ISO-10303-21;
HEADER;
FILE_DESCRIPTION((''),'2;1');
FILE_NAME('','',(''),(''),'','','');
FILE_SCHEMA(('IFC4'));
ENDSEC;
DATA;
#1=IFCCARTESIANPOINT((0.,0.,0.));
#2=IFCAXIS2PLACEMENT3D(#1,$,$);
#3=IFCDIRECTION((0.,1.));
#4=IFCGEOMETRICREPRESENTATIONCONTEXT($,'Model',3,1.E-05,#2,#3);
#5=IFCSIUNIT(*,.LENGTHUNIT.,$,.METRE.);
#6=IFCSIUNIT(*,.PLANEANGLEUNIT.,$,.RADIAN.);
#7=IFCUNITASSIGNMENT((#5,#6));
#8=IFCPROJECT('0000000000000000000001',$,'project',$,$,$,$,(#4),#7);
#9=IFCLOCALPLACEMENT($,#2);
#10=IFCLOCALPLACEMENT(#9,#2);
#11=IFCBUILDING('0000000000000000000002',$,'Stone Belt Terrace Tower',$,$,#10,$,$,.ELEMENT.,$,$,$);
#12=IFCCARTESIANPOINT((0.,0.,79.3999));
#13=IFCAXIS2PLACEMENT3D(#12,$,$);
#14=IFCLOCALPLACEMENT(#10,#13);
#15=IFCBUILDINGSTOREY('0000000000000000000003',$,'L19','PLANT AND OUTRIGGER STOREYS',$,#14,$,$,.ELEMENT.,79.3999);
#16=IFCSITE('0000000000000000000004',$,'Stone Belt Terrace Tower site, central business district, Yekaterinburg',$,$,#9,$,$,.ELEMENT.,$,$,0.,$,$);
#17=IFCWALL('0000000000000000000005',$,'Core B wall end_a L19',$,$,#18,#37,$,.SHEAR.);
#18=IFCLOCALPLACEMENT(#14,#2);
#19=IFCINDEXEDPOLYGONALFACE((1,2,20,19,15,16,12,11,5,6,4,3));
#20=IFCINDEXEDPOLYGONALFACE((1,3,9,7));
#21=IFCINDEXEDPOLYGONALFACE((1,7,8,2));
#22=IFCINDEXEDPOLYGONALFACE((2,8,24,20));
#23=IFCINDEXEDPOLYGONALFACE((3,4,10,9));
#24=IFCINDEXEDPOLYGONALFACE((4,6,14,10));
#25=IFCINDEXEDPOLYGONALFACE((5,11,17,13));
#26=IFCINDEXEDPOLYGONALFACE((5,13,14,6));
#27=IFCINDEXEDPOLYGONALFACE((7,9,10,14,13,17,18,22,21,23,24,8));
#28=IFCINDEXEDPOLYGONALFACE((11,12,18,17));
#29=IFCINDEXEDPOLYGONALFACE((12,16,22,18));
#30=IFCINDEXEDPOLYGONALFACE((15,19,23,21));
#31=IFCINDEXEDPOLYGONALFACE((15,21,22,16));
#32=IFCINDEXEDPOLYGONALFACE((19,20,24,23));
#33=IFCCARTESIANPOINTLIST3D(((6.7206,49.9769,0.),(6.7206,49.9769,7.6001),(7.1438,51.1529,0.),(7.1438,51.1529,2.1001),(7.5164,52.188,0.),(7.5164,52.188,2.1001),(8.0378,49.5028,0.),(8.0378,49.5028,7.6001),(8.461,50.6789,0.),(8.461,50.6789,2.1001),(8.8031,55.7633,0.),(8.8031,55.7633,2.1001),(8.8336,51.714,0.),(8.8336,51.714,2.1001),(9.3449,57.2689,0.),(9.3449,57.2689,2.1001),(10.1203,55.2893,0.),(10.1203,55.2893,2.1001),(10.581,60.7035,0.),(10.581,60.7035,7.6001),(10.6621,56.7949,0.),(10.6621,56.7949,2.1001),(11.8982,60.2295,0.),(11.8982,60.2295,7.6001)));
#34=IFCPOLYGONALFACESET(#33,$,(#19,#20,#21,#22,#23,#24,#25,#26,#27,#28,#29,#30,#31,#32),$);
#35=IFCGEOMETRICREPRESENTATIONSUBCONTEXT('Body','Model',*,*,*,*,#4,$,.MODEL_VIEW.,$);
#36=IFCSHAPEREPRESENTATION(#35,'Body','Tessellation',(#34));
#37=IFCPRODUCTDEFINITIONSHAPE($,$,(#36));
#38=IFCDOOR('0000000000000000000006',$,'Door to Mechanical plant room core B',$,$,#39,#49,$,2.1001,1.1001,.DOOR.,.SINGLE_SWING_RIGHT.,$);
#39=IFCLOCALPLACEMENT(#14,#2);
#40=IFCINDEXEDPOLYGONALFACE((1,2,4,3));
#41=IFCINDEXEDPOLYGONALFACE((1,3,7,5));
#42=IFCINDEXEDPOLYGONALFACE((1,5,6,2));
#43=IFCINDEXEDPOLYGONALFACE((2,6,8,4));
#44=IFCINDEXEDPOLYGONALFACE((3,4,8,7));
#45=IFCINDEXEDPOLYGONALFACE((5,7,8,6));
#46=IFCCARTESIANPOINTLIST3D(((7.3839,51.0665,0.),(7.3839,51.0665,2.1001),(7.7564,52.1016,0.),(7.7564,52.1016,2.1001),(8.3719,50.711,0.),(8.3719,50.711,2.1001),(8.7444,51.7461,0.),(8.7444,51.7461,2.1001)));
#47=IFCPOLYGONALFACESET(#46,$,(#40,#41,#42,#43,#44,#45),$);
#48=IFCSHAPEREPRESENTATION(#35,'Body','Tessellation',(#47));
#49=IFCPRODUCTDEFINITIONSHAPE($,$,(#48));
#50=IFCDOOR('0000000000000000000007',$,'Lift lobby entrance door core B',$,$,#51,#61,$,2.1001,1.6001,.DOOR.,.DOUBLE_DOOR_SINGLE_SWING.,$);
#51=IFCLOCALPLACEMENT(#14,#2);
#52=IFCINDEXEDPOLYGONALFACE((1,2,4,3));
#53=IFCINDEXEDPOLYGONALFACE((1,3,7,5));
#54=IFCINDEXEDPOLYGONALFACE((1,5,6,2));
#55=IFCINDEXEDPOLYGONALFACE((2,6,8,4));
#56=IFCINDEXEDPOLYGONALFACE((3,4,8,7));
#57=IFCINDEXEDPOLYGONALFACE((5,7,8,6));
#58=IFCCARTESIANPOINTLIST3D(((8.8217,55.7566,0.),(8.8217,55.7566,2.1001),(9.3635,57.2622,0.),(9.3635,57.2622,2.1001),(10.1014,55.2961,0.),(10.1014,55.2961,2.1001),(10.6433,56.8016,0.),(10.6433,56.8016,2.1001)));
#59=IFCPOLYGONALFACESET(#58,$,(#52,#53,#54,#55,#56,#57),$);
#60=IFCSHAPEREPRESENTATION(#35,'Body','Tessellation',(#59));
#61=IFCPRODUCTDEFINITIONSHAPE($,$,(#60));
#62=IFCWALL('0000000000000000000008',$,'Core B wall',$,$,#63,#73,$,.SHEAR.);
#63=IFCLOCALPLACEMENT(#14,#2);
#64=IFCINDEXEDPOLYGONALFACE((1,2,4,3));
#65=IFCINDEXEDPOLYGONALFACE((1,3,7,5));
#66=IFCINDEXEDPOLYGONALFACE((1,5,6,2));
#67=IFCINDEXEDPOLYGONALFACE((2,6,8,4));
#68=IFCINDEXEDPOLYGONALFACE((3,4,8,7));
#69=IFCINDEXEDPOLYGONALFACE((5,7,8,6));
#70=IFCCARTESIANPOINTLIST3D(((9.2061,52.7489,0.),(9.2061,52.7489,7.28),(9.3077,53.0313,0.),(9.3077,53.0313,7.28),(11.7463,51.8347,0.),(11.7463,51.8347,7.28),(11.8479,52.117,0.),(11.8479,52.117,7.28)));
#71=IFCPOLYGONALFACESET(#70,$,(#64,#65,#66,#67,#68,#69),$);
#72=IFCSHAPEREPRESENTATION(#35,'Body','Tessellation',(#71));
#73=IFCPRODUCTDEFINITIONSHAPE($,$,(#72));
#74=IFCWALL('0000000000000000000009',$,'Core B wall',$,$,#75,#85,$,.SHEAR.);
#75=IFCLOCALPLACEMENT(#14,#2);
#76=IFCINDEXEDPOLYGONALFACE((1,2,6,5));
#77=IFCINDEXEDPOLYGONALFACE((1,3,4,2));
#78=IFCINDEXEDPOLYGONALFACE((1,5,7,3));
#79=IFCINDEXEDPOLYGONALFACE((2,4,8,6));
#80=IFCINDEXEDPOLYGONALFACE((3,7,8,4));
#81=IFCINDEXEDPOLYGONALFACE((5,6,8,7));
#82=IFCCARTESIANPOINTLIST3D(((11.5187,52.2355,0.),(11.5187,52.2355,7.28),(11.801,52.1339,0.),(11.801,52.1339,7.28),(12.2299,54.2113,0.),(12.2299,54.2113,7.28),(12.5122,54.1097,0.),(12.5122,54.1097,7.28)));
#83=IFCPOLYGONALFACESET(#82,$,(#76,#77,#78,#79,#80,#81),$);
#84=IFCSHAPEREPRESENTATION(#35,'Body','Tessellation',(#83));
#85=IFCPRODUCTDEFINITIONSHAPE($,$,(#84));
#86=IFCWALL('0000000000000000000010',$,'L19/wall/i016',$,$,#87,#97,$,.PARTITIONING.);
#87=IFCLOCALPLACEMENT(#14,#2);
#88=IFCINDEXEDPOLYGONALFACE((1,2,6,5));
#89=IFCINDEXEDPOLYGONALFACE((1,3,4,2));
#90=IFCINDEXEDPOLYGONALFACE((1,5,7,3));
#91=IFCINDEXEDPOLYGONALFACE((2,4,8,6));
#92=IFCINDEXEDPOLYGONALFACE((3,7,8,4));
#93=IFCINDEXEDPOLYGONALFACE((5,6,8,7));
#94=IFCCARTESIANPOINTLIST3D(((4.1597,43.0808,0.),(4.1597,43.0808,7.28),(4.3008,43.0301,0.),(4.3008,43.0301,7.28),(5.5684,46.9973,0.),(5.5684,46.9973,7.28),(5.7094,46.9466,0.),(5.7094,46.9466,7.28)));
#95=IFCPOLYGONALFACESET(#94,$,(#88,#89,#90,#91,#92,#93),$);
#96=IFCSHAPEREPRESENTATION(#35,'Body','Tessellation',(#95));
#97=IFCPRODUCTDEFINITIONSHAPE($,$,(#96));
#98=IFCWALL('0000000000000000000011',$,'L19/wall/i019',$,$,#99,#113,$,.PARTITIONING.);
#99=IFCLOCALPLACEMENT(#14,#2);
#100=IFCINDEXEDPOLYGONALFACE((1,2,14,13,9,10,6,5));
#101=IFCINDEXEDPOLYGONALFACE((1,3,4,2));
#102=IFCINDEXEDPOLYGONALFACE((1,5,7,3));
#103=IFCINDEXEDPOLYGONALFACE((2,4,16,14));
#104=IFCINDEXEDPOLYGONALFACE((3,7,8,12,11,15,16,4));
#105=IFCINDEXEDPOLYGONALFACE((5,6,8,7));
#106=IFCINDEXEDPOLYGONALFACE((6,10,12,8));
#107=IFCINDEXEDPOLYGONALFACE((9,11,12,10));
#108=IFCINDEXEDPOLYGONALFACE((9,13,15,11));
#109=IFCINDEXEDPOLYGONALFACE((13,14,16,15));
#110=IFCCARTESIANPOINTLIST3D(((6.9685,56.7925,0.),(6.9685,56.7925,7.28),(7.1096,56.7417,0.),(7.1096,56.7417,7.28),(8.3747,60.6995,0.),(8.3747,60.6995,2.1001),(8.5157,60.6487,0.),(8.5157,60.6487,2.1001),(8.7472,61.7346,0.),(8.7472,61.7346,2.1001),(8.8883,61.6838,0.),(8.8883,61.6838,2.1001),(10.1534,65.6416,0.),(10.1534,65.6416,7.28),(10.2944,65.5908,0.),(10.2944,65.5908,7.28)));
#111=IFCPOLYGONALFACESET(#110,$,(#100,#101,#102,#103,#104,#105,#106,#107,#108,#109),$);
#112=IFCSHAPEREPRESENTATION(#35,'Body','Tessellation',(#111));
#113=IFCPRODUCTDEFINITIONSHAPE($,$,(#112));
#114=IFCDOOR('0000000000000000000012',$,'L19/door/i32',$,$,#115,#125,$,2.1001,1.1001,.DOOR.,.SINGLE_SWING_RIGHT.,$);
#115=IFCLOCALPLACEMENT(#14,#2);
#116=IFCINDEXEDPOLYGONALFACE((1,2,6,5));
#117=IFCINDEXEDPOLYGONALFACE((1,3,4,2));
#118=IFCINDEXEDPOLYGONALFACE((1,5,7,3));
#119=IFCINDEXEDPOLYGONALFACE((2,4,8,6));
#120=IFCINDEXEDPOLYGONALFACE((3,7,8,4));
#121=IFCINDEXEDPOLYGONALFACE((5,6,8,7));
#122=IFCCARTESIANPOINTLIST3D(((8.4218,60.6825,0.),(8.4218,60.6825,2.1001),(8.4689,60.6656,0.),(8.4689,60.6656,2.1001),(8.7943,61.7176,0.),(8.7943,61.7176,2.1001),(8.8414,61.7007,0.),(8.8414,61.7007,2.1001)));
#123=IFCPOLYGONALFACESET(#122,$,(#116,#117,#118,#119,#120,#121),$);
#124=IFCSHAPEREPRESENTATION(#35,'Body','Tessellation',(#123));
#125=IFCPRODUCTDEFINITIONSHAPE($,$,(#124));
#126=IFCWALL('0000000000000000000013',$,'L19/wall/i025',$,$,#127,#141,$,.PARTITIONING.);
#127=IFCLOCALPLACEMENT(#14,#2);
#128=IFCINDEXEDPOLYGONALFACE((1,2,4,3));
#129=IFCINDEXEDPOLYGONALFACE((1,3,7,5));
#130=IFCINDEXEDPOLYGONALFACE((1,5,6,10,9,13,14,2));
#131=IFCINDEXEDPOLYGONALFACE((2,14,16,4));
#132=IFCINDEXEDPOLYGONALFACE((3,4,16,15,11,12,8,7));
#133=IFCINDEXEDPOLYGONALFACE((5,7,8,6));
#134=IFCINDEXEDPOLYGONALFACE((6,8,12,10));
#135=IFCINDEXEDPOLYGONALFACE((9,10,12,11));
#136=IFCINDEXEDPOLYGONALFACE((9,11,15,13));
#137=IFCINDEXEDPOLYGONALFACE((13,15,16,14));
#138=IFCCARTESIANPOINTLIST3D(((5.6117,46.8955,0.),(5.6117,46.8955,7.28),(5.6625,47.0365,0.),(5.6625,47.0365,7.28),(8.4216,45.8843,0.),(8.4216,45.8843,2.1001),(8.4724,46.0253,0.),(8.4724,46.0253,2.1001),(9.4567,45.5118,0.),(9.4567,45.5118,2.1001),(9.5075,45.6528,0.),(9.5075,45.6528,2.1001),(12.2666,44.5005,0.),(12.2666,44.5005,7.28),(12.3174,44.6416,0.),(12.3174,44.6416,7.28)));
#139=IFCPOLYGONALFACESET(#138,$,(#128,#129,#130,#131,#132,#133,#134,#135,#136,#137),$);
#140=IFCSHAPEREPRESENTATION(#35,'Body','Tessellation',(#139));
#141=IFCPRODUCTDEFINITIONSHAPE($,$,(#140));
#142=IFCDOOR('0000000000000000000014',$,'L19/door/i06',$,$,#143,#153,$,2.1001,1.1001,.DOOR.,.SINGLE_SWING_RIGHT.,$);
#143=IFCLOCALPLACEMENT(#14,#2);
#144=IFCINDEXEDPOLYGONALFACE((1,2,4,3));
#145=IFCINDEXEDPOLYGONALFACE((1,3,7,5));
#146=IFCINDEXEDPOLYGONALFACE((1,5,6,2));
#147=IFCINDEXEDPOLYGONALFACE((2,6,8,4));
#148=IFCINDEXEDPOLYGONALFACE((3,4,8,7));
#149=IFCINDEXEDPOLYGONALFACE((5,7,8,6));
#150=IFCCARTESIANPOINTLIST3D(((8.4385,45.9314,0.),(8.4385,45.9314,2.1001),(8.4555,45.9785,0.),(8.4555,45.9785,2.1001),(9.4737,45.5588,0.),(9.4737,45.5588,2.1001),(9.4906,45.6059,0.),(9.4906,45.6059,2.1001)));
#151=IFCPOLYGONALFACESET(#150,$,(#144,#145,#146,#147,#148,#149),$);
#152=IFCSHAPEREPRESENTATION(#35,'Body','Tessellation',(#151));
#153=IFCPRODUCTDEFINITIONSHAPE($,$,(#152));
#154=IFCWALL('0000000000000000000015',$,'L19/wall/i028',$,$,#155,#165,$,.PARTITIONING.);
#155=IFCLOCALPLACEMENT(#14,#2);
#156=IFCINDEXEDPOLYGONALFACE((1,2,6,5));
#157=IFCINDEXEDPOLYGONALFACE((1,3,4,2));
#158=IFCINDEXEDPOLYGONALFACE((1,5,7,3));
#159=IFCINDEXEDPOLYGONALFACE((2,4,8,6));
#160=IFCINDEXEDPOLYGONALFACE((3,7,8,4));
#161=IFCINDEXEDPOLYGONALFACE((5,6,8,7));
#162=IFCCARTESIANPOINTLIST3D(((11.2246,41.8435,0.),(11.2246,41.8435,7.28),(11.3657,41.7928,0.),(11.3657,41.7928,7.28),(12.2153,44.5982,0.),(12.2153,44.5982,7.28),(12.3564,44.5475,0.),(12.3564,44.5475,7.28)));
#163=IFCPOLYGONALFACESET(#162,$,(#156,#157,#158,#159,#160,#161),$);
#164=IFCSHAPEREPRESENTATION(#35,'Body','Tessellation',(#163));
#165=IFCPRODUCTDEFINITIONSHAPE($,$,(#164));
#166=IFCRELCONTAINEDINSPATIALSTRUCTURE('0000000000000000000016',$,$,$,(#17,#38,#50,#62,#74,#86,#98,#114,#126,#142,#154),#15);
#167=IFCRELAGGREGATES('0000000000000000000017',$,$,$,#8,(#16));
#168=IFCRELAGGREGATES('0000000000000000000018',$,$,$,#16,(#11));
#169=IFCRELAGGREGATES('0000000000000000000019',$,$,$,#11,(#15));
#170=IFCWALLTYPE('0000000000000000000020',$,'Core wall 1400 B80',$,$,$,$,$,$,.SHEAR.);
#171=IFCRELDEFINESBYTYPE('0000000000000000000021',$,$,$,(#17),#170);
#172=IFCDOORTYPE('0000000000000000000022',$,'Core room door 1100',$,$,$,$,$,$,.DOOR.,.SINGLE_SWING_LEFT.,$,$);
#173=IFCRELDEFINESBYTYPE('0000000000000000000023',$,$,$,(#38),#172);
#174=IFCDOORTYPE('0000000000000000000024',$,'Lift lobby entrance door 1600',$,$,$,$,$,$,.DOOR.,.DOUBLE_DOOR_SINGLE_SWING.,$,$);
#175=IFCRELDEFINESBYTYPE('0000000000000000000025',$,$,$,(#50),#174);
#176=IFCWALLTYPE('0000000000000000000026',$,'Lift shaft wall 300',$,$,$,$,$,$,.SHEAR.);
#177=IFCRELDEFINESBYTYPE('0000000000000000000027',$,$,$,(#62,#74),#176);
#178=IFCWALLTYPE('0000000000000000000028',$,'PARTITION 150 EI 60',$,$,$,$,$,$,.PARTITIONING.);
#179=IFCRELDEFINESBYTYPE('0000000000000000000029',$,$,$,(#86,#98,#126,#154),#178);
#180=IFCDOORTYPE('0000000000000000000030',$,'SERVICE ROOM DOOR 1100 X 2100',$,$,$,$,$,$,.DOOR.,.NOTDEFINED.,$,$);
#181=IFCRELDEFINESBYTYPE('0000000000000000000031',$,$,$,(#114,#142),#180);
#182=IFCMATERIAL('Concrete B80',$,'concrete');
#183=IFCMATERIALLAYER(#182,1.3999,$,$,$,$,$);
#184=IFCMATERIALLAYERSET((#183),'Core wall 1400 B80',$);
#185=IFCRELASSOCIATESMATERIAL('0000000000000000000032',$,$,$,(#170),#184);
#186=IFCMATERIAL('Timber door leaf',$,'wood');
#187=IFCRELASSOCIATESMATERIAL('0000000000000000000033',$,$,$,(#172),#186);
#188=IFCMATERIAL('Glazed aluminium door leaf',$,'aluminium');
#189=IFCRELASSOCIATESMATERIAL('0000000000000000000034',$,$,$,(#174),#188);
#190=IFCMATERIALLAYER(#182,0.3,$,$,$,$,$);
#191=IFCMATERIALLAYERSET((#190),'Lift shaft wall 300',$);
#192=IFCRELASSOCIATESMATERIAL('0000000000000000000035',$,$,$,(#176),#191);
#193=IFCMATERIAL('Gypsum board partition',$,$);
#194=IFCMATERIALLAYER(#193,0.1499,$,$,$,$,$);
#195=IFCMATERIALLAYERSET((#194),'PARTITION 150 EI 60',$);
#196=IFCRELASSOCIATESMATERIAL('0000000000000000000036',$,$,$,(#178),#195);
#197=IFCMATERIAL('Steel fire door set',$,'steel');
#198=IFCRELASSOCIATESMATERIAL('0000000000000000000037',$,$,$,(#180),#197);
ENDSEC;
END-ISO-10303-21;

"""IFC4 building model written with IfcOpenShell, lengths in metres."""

from ifc_helpers import new_model, si_unit, direction, frame, frame_2d, origin, place, context, subcontext, project, spatial, rectangle, extrude, material, layer, layer_set, type_object, element, fill, save


model = new_model("IFC4")

# Units and contexts
model_context = context("Model", 3, precision=1e-05, world=origin(), true_north=direction((0.0, 1.0)))
body_context = subcontext(model_context, "Body", "Model", "MODEL_VIEW")
ifc_project = project(units=[si_unit("LENGTHUNIT", "METRE"), si_unit("PLANEANGLEUNIT", "RADIAN")], contexts=[model_context])

# Site, building, storey
site_placement = place(None, origin())
site = spatial("IfcSite", under=ifc_project, at=site_placement, Name="Stone Belt Terrace Tower site, central business district, Yekaterinburg", CompositionType="ELEMENT", RefElevation=0.0)
building_placement = place(site_placement, origin())
building = spatial("IfcBuilding", under=site, at=building_placement, Name="Stone Belt Terrace Tower", CompositionType="ELEMENT")
storey_placement = place(building_placement, frame((0.0, 0.0, 79.3999)))
storey = spatial("IfcBuildingStorey", under=building, at=storey_placement, Name="L19", Description="PLANT AND OUTRIGGER STOREYS", CompositionType="ELEMENT", Elevation=79.3999)

# Shared definitions
ifc_material_1 = material(Name="Concrete B80", Category="concrete")

# Wall, openings, doors
ifc_layer_1 = layer(ifc_material_1, 1.3999)
ifc_layer_set_1 = layer_set([ifc_layer_1], Name="Core wall 1400 B80")
wall_type_1 = type_object("IfcWallType", Name="Core wall 1400 B80", PredefinedType="SHEAR", material=ifc_layer_set_1)
wall_1_placement = place(storey_placement, frame((7.3792, 49.7397, 0.0), z_axis=(0.0, 0.0, 1.0), x_axis=(0.338625, 0.940921, 0.0)))
wall_1 = element("IfcWall", 1, at=wall_1_placement, inside=storey, type_object=wall_type_1, Name="Core B wall end_a L19", PredefinedType="SHEAR", context=body_context, shape_type="SweptSolid", body=[
    extrude(rectangle(XDim=11.4001, YDim=1.3999, at=frame_2d((5.7002, 0.0))), origin(), (0.0, 0.0, 1.0), 7.6001),
])
opening_1_placement = place(wall_1_placement, frame((6.1499, 0.0, 0.0)))
opening_1 = element("IfcOpeningElement", 2, at=opening_1_placement, cuts=wall_1, PredefinedType="OPENING", context=body_context, shape_type="SweptSolid", body=[
    extrude(rectangle(XDim=1.6001, YDim=2.1001, at=frame_2d((0.8, 1.05))), frame((0.0, 0.71, 0.0), z_axis=(0.0, -1.0, 0.0), x_axis=(1.0, 0.0, 0.0)), (0.0, 0.0, 1.0), 1.4199),
])
opening_2_placement = place(wall_1_placement, frame((1.25, 0.0, 0.0)))
opening_2 = element("IfcOpeningElement", 3, at=opening_2_placement, cuts=wall_1, PredefinedType="OPENING", context=body_context, shape_type="SweptSolid", body=[
    extrude(rectangle(XDim=1.1001, YDim=2.1001, at=frame_2d((0.55, 1.05))), frame((0.0, 0.71, 0.0), z_axis=(0.0, -1.0, 0.0), x_axis=(1.0, 0.0, 0.0)), (0.0, 0.0, 1.0), 1.4199),
])
ifc_material_2 = material(Name="Timber door leaf", Category="wood")
door_type_1 = type_object("IfcDoorType", Name="Core room door 1100", OperationType="SINGLE_SWING_LEFT", PredefinedType="DOOR", material=ifc_material_2)
door_1_placement = place(opening_2_placement, origin())
door_1 = element("IfcDoor", 4, at=door_1_placement, inside=storey, type_object=door_type_1, Name="Door to Mechanical plant room core B", OperationType="SINGLE_SWING_RIGHT", OverallHeight=2.1001, OverallWidth=1.1001, PredefinedType="DOOR", context=body_context, shape_type="SweptSolid", body=[
    extrude(rectangle(XDim=1.1001, YDim=2.1001, at=frame_2d((0.55, 1.05))), frame((0.0, 0.4448, 0.0), z_axis=(0.0, -1.0, 0.0), x_axis=(1.0, 0.0, 0.0)), (0.0, 0.0, 1.0), 1.05),
])
fill(opening_2, door_1)
ifc_material_3 = material(Name="Glazed aluminium door leaf", Category="aluminium")
door_type_2 = type_object("IfcDoorType", Name="Lift lobby entrance door 1600", OperationType="DOUBLE_DOOR_SINGLE_SWING", PredefinedType="DOOR", material=ifc_material_3)
door_2_placement = place(opening_1_placement, origin())
door_2 = element("IfcDoor", 5, at=door_2_placement, inside=storey, type_object=door_type_2, Name="Lift lobby entrance door core B", OperationType="DOUBLE_DOOR_SINGLE_SWING", OverallHeight=2.1001, OverallWidth=1.6001, PredefinedType="DOOR", context=body_context, shape_type="SweptSolid", body=[
    extrude(rectangle(XDim=1.6001, YDim=2.1001, at=frame_2d((0.8, 1.05))), frame((0.0, 0.6802, 0.0), z_axis=(0.0, -1.0, 0.0), x_axis=(1.0, 0.0, 0.0)), (0.0, 0.0, 1.0), 1.3601),
])
fill(opening_1, door_2)

# Walls
ifc_layer_2 = layer(ifc_material_1, 0.3)
ifc_layer_set_2 = layer_set([ifc_layer_2], Name="Lift shaft wall 300")
wall_type_2 = type_object("IfcWallType", Name="Lift shaft wall 300", PredefinedType="SHEAR", material=ifc_layer_set_2)
wall_2_placement = place(storey_placement, frame((11.7971, 51.9758, 0.0), z_axis=(0.0, 0.0, 1.0), x_axis=(-0.94091, 0.338655, 0.0)))
element("IfcWall", 6, at=wall_2_placement, inside=storey, type_object=wall_type_2, Name="Core B wall", PredefinedType="SHEAR", context=body_context, shape_type="SweptSolid", body=[
    extrude(rectangle(XDim=2.6997, YDim=0.3, at=frame_2d((1.3499, 0.0))), origin(), (0.0, 0.0, 1.0), 7.28),
])
wall_3_placement = place(storey_placement, frame((11.6599, 52.1848, 0.0), z_axis=(0.0, 0.0, 1.0), x_axis=(0.33867, 0.940905, 0.0)))
element("IfcWall", 7, at=wall_3_placement, inside=storey, type_object=wall_type_2, Name="Core B wall", PredefinedType="SHEAR", context=body_context, shape_type="SweptSolid", body=[
    extrude(rectangle(XDim=2.0999, YDim=0.3, at=frame_2d((1.0498, 0.0))), origin(), (0.0, 0.0, 1.0), 7.28),
])
ifc_material_4 = material(Name="Gypsum board partition")
ifc_layer_3 = layer(ifc_material_4, 0.1499)
ifc_layer_set_3 = layer_set([ifc_layer_3], Name="PARTITION 150 EI 60")
wall_type_3 = type_object("IfcWallType", Name="PARTITION 150 EI 60", PredefinedType="PARTITIONING", material=ifc_layer_set_3)
wall_4_placement = place(storey_placement, frame((5.6389, 46.9719, 0.0), z_axis=(0.0, 0.0, 1.0), x_axis=(-0.338454, -0.940983, 0.0)))
element("IfcWall", 8, at=wall_4_placement, inside=storey, type_object=wall_type_3, Name="L19/wall/i016", PredefinedType="PARTITIONING", context=body_context, shape_type="SweptSolid", body=[
    extrude(rectangle(XDim=4.1621, YDim=0.1499, at=frame_2d((2.0811, 0.0))), origin(), (0.0, 0.0, 1.0), 7.28),
])

# Walls, openings, doors
wall_5_placement = place(storey_placement, frame((7.0391, 56.7671, 0.0), z_axis=(0.0, 0.0, 1.0), x_axis=(0.338638, 0.940917, 0.0)))
wall_5 = element("IfcWall", 9, at=wall_5_placement, inside=storey, type_object=wall_type_3, Name="L19/wall/i019", PredefinedType="PARTITIONING", context=body_context, shape_type="SweptSolid", body=[
    extrude(rectangle(XDim=9.4048, YDim=0.1499, at=frame_2d((4.7024, 0.0))), origin(), (0.0, 0.0, 1.0), 7.28),
])
opening_3_placement = place(wall_5_placement, frame((4.1523, 0.0, 0.0)))
opening_3 = element("IfcOpeningElement", 10, at=opening_3_placement, cuts=wall_5, PredefinedType="OPENING", context=body_context, shape_type="SweptSolid", body=[
    extrude(rectangle(XDim=1.1001, YDim=2.1001, at=frame_2d((0.55, 1.05))), frame((0.0, 0.085, 0.0), z_axis=(0.0, -1.0, 0.0), x_axis=(1.0, 0.0, 0.0)), (0.0, 0.0, 1.0), 0.1699),
])
ifc_material_5 = material(Name="Steel fire door set", Category="steel")
door_type_3 = type_object("IfcDoorType", Name="SERVICE ROOM DOOR 1100 X 2100", OperationType="NOTDEFINED", PredefinedType="DOOR", material=ifc_material_5)
door_3_placement = place(opening_3_placement, origin())
door_3 = element("IfcDoor", 11, at=door_3_placement, inside=storey, type_object=door_type_3, Name="L19/door/i32", OperationType="SINGLE_SWING_RIGHT", OverallHeight=2.1001, OverallWidth=1.1001, PredefinedType="DOOR", context=body_context, shape_type="SweptSolid", body=[
    extrude(rectangle(XDim=1.1001, YDim=2.1001, at=frame_2d((0.55, 1.05))), frame((0.0, 0.0249, 0.0), z_axis=(0.0, -1.0, 0.0), x_axis=(1.0, 0.0, 0.0)), (0.0, 0.0, 1.0), 0.05),
])
fill(opening_3, door_3)
wall_6_placement = place(storey_placement, frame((12.292, 44.571, 0.0), z_axis=(0.0, 0.0, 1.0), x_axis=(-0.940923, 0.33862, 0.0)))
wall_6 = element("IfcWall", 12, at=wall_6_placement, inside=storey, type_object=wall_type_3, Name="L19/wall/i025", PredefinedType="PARTITIONING", context=body_context, shape_type="SweptSolid", body=[
    extrude(rectangle(XDim=7.0728, YDim=0.1499, at=frame_2d((3.5364, 0.0))), origin(), (0.0, 0.0, 1.0), 7.28),
])
opening_4_placement = place(wall_6_placement, frame((2.9863, 0.0, 0.0)))
opening_4 = element("IfcOpeningElement", 13, at=opening_4_placement, cuts=wall_6, PredefinedType="OPENING", context=body_context, shape_type="SweptSolid", body=[
    extrude(rectangle(XDim=1.1001, YDim=2.1001, at=frame_2d((0.55, 1.05))), frame((0.0, 0.085, 0.0), z_axis=(0.0, -1.0, 0.0), x_axis=(1.0, 0.0, 0.0)), (0.0, 0.0, 1.0), 0.1699),
])
door_4_placement = place(opening_4_placement, origin())
door_4 = element("IfcDoor", 14, at=door_4_placement, inside=storey, type_object=door_type_3, Name="L19/door/i06", OperationType="SINGLE_SWING_RIGHT", OverallHeight=2.1001, OverallWidth=1.1001, PredefinedType="DOOR", context=body_context, shape_type="SweptSolid", body=[
    extrude(rectangle(XDim=1.1001, YDim=2.1001, at=frame_2d((0.55, 1.05))), frame((0.0, 0.0249, 0.0), z_axis=(0.0, -1.0, 0.0), x_axis=(1.0, 0.0, 0.0)), (0.0, 0.0, 1.0), 0.05),
])
fill(opening_4, door_4)

# Wall
wall_7_placement = place(storey_placement, frame((12.2859, 44.573, 0.0), z_axis=(0.0, 0.0, 1.0), x_axis=(-0.338406, -0.941, 0.0)))
element("IfcWall", 15, at=wall_7_placement, inside=storey, type_object=wall_type_3, Name="L19/wall/i028", PredefinedType="PARTITIONING", context=body_context, shape_type="SweptSolid", body=[
    extrude(rectangle(XDim=2.9275, YDim=0.1499, at=frame_2d((1.4639, 0.0))), origin(), (0.0, 0.0, 1.0), 7.28),
])

save(model, "model.ifc")
